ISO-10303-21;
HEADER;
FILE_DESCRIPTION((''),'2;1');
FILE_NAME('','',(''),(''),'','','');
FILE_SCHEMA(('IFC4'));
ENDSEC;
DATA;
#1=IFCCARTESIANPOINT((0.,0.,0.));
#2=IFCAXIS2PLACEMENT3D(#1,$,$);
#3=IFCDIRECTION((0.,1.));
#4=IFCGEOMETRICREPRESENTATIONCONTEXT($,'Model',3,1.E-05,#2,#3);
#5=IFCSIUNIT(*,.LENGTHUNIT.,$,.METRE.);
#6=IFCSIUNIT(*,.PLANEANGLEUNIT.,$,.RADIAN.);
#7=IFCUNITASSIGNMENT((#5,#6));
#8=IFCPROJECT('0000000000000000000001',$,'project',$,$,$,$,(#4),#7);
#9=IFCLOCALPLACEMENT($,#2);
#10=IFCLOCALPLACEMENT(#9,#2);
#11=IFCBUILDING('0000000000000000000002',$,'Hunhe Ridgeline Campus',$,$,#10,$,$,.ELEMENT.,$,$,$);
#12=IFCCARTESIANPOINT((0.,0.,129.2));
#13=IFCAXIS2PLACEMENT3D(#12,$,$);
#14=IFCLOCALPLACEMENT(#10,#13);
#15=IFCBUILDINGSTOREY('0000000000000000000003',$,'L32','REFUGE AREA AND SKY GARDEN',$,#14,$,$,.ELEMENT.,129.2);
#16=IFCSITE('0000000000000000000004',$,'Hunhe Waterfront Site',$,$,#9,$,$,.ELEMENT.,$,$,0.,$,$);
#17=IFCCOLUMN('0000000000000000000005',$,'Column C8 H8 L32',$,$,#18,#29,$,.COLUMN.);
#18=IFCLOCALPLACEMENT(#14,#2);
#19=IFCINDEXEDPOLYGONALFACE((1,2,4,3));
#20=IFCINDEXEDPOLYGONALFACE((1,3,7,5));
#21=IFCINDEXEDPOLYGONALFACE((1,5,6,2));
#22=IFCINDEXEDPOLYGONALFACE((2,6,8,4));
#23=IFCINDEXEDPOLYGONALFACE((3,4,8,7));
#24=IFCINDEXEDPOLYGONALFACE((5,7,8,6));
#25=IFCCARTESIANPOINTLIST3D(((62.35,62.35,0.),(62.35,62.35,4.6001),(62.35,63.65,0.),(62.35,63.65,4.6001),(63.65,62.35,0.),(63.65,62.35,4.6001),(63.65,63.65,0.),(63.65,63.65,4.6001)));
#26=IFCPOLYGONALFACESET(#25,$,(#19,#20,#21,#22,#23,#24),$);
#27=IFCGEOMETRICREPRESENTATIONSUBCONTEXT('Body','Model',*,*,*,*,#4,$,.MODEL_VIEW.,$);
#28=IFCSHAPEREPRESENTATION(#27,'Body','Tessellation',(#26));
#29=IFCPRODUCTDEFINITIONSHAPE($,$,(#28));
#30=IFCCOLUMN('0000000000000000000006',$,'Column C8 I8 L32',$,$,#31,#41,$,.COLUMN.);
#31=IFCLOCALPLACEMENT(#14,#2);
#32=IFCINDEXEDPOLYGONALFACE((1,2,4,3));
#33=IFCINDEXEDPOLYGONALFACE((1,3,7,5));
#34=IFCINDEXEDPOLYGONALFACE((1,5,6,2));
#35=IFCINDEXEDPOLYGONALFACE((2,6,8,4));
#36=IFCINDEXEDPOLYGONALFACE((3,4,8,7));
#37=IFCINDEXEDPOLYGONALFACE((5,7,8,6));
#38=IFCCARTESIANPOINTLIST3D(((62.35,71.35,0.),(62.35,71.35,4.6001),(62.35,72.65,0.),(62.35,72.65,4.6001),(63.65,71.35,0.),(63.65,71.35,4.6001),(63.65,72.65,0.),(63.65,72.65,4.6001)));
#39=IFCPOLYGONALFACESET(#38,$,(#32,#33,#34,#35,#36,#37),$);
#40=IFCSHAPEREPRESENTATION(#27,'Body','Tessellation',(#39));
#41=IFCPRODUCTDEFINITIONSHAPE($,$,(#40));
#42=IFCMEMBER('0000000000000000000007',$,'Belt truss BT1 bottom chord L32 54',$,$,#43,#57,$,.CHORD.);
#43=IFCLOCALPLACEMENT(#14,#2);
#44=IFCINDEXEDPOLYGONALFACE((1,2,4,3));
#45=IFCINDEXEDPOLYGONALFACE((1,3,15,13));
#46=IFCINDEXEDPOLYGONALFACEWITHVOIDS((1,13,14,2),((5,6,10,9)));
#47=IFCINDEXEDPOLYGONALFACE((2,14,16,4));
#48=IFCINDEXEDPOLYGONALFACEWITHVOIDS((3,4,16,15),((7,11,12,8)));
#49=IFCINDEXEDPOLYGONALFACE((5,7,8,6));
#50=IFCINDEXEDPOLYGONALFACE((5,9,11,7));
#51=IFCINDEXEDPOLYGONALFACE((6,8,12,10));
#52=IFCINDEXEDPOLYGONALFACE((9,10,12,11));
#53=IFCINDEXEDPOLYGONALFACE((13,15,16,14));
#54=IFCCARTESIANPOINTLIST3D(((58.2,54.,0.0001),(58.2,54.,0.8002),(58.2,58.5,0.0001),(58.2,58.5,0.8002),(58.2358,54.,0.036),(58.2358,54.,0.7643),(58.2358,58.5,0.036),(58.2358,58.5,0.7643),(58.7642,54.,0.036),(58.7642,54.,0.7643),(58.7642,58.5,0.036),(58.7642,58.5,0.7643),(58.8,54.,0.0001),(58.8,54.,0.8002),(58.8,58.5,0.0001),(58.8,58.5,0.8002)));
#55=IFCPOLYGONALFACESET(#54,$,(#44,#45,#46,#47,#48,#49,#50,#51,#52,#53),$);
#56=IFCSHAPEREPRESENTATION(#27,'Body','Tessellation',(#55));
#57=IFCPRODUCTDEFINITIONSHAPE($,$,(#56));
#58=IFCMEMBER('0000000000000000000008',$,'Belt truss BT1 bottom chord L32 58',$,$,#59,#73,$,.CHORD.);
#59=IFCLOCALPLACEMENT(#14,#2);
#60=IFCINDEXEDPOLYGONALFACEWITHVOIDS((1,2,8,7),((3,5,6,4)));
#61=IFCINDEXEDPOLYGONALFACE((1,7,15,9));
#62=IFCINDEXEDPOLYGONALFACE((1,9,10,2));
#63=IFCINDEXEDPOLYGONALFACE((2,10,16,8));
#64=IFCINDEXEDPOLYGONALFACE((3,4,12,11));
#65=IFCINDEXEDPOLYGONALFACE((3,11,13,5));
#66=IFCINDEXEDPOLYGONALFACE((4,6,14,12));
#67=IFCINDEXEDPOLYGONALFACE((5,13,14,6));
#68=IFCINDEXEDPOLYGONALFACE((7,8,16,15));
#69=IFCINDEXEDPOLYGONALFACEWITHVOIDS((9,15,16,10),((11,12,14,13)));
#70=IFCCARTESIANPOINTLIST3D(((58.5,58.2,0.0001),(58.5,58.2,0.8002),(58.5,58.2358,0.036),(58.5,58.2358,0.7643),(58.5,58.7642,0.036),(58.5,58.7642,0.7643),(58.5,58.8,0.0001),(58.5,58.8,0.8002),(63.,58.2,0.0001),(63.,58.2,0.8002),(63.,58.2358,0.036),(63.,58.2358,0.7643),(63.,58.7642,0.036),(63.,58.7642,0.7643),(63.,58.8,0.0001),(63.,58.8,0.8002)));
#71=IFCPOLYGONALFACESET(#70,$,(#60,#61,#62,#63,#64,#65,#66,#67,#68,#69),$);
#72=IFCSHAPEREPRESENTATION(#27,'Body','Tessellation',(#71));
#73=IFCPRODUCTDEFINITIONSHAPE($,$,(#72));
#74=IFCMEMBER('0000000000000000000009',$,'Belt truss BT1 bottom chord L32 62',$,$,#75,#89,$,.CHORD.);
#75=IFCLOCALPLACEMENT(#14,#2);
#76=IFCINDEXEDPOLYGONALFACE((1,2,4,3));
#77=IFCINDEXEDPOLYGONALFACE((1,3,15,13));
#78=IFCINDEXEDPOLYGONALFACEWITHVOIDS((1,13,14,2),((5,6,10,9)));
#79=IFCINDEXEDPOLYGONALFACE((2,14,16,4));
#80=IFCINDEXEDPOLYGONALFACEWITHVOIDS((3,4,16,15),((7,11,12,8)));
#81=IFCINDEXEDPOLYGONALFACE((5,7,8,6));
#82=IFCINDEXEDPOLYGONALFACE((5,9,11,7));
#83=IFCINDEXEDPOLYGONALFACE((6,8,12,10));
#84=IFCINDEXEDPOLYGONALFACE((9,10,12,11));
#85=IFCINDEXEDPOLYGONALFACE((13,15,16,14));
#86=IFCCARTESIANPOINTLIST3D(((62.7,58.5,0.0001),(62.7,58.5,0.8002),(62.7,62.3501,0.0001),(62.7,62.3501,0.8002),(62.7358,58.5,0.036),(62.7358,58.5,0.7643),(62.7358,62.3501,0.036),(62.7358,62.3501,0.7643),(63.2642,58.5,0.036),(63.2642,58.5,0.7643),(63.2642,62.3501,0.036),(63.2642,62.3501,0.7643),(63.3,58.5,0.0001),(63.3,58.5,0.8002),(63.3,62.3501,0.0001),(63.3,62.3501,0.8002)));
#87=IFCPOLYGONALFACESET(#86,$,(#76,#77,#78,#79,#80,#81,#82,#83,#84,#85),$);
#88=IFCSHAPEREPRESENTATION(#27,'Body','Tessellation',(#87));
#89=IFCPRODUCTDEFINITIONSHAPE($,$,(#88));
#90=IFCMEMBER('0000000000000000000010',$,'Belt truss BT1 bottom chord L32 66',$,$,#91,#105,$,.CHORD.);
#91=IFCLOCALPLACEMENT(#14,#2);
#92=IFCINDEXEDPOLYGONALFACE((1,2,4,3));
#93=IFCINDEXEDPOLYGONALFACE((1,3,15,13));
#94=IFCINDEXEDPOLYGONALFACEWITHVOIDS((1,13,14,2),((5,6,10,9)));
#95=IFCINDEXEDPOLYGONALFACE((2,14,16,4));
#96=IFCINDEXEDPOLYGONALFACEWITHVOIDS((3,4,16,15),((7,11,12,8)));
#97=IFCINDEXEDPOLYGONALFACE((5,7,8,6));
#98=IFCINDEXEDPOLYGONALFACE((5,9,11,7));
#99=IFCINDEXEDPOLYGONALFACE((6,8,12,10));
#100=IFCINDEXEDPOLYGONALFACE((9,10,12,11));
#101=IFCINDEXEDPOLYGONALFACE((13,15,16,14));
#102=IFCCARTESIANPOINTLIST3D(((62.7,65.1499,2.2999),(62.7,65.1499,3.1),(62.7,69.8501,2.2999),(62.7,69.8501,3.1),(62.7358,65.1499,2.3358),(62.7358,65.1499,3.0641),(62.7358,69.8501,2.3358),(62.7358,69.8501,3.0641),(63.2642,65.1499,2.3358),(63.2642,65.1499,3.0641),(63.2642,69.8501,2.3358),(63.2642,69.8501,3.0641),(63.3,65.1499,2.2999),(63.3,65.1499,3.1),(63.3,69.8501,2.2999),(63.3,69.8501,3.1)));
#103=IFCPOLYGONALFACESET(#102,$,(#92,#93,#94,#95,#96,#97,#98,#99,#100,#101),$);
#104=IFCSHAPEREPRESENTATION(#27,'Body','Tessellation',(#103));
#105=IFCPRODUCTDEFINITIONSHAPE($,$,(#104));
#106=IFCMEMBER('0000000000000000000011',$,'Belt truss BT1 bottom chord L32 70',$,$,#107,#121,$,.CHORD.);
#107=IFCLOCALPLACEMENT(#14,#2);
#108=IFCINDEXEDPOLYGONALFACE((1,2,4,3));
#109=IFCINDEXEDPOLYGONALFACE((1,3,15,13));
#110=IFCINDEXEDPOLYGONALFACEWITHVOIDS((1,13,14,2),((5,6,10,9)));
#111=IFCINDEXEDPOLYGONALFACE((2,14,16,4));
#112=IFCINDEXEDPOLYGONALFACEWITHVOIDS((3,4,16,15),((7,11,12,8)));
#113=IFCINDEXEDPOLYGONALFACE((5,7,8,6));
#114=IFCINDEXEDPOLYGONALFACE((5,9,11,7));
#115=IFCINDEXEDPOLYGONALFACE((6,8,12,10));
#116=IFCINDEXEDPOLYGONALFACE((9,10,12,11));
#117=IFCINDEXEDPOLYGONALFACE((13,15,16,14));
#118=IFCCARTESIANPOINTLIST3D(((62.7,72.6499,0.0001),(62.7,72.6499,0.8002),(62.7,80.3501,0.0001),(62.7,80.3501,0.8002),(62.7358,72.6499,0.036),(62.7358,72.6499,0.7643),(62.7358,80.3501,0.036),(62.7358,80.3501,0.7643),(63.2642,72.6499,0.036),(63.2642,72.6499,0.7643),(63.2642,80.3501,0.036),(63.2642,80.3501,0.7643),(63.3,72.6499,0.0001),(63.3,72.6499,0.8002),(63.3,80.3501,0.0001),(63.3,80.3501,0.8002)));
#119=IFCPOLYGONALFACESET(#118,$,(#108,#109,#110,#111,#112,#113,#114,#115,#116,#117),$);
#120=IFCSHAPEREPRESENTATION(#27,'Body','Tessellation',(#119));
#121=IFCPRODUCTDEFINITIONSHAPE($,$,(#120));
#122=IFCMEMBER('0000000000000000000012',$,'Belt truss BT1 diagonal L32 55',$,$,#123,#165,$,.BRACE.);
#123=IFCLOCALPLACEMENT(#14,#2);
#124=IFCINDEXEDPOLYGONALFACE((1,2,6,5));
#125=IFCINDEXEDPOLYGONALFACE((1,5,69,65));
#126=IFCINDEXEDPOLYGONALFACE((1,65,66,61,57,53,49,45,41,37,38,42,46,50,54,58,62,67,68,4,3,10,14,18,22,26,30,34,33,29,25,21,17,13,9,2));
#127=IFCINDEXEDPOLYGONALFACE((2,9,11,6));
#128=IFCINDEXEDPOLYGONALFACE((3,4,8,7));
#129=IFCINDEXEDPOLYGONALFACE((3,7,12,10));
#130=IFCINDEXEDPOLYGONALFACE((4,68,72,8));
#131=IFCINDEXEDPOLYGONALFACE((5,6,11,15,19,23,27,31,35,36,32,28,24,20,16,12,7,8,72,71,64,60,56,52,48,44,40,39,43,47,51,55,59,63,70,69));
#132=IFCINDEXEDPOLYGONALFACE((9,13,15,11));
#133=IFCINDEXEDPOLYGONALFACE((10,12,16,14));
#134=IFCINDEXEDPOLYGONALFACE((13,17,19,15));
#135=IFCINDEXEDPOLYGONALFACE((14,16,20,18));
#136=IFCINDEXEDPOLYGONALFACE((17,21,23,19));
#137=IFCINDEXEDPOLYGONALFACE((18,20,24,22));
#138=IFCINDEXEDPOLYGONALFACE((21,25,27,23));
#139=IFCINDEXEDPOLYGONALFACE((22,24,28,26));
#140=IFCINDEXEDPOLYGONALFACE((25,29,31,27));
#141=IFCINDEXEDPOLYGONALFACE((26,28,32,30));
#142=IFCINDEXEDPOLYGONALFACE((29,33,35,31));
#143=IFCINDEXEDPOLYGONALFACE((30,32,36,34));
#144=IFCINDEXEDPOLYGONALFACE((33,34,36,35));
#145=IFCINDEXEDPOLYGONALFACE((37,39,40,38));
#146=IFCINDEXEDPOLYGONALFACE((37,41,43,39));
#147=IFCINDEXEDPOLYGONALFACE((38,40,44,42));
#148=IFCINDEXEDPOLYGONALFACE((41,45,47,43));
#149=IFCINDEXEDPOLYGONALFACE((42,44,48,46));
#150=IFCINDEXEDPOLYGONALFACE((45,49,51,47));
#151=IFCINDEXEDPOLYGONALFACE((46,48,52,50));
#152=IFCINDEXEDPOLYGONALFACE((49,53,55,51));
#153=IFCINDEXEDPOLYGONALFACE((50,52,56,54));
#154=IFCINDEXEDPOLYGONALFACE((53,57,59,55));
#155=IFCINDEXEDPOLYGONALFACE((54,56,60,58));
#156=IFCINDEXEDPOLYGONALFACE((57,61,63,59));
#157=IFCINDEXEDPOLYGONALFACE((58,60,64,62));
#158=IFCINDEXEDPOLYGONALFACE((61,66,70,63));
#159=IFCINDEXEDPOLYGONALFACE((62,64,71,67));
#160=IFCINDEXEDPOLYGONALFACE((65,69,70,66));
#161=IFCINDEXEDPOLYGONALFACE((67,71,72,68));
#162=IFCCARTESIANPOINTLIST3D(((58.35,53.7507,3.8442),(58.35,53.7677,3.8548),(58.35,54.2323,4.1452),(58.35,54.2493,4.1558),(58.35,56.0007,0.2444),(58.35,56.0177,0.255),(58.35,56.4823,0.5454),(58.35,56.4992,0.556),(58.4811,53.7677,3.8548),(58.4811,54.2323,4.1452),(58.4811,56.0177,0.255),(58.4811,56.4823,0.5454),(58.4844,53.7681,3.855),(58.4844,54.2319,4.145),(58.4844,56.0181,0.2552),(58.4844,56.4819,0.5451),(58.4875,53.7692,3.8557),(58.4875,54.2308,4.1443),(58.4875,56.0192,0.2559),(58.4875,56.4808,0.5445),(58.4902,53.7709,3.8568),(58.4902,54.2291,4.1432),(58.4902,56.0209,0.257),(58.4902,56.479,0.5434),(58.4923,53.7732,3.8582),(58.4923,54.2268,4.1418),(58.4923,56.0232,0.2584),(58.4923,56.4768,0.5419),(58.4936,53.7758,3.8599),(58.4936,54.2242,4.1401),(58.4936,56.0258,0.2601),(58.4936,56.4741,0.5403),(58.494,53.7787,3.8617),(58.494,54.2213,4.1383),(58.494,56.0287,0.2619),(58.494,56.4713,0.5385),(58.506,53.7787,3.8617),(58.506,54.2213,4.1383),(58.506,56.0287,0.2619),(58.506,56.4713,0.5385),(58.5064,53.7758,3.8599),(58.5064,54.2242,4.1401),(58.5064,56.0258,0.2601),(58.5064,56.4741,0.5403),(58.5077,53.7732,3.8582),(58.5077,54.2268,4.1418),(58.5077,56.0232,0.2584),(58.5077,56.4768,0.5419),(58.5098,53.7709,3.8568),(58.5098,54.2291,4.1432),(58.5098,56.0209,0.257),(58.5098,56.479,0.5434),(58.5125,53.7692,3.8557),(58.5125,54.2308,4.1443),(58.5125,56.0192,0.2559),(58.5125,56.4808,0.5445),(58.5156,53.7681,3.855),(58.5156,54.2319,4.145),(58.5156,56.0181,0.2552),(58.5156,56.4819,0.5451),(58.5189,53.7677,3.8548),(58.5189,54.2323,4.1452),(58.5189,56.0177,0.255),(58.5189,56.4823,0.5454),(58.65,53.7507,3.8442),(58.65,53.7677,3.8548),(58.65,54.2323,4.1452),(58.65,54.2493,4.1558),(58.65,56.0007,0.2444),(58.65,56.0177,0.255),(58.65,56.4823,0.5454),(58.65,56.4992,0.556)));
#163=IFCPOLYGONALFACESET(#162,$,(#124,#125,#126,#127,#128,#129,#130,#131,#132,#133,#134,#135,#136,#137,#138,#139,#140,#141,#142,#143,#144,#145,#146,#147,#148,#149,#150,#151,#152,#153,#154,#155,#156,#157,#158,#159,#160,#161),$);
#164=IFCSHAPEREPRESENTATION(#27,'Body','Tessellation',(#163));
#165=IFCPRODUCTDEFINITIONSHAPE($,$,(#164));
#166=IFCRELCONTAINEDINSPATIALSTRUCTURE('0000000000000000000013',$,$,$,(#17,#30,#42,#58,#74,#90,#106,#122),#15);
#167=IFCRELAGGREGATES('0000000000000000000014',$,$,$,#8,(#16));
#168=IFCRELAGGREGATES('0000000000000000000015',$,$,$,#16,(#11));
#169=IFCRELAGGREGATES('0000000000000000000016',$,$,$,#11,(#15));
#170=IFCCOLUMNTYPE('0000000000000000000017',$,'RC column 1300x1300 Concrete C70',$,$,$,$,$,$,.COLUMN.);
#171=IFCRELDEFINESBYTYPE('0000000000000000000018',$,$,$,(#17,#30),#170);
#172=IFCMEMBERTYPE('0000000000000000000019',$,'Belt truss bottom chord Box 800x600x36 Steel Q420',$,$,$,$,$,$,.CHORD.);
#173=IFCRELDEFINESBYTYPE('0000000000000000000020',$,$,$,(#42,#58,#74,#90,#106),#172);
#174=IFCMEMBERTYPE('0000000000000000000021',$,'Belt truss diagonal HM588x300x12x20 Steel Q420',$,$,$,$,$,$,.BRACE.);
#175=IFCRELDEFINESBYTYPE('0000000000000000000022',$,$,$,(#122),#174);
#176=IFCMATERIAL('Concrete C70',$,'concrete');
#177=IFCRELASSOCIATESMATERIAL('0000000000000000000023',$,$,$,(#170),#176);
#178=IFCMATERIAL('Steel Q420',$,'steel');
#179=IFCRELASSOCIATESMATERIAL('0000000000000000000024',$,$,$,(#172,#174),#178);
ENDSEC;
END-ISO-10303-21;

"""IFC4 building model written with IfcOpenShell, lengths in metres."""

from ifc_helpers import new_model, si_unit, direction, frame, origin, origin_2d, place, context, subcontext, project, spatial, rectangle, hollow_rectangle, i_section, extrude, material, material_profile, profile_set, type_object, element, save


model = new_model("IFC4")

# Units and contexts
model_context = context("Model", 3, precision=1e-05, world=origin(), true_north=direction((0.0, 1.0)))
body_context = subcontext(model_context, "Body", "Model", "MODEL_VIEW")
ifc_project = project(units=[si_unit("LENGTHUNIT", "METRE"), si_unit("PLANEANGLEUNIT", "RADIAN")], contexts=[model_context])

# Site, building, storey
site_placement = place(None, origin())
site = spatial("IfcSite", under=ifc_project, at=site_placement, Name="Hunhe Waterfront Site", CompositionType="ELEMENT", RefElevation=0.0)
building_placement = place(site_placement, origin())
building = spatial("IfcBuilding", under=site, at=building_placement, Name="Hunhe Ridgeline Campus", CompositionType="ELEMENT")
storey_placement = place(building_placement, frame((0.0, 0.0, 129.2)))
storey = spatial("IfcBuildingStorey", under=building, at=storey_placement, Name="L32", Description="REFUGE AREA AND SKY GARDEN", CompositionType="ELEMENT", Elevation=129.2)

# Columns
ifc_material_1 = material(Name="Concrete C70", Category="concrete")
ifc_material_profile_1 = material_profile(ifc_material_1, rectangle(XDim=1.3, YDim=1.3, at=origin_2d()))
ifc_profile_set_1 = profile_set([ifc_material_profile_1], Name="Concrete C70")
column_type = type_object("IfcColumnType", Name="RC column 1300x1300 Concrete C70", PredefinedType="COLUMN", material=ifc_profile_set_1)
for number, where, z_axis, x_axis, name in (
    (1, (63.0, 63.0, 0.0), (0.0, 0.0, 1.0), (1.0, 0.0, 0.0), "Column C8 H8 L32"),
    (2, (63.0, 72.0, 0.0), (0.0, 0.0, 1.0), (1.0, 0.0, 0.0), "Column C8 I8 L32"),
):
    element("IfcColumn", number, at=place(storey_placement, frame(where, z_axis=z_axis, x_axis=x_axis)), inside=storey, type_object=column_type, Name=name, PredefinedType="COLUMN", context=body_context, shape_type="SweptSolid", body=[
        extrude(rectangle(XDim=1.3, YDim=1.3, at=origin_2d()), origin(), (0.0, 0.0, 1.0), 4.6001),
    ])

# Members
ifc_material_2 = material(Name="Steel Q420", Category="steel")
ifc_material_profile_2 = material_profile(ifc_material_2, hollow_rectangle(XDim=0.6001, YDim=0.8, WallThickness=0.0359, at=origin_2d()))
ifc_profile_set_2 = profile_set([ifc_material_profile_2], Name="Steel Q420")
member_type_1 = type_object("IfcMemberType", Name="Belt truss bottom chord Box 800x600x36 Steel Q420", PredefinedType="CHORD", material=ifc_profile_set_2)
for number, where, z_axis, x_axis, name in (
    (3, (58.5, 54.0, 0.4001), (0.0, 1.0, 0.0), (-1.0, 0.0, 0.0), "Belt truss BT1 bottom chord L32 54"),
    (4, (58.5, 58.5, 0.4001), (1.0, 0.0, 0.0), (0.0, 1.0, 0.0), "Belt truss BT1 bottom chord L32 58"),
):
    element("IfcMember", number, at=place(storey_placement, frame(where, z_axis=z_axis, x_axis=x_axis)), inside=storey, type_object=member_type_1, Name=name, PredefinedType="CHORD", context=body_context, shape_type="SweptSolid", body=[
        extrude(hollow_rectangle(XDim=0.6001, YDim=0.8, WallThickness=0.0359, at=origin_2d()), origin(), (0.0, 0.0, 1.0), 4.5),
    ])
member_1_placement = place(storey_placement, frame((63.0, 58.5, 0.4001), z_axis=(0.0, 1.0, 0.0), x_axis=(-1.0, 0.0, 0.0)))
element("IfcMember", 5, at=member_1_placement, inside=storey, type_object=member_type_1, Name="Belt truss BT1 bottom chord L32 62", PredefinedType="CHORD", context=body_context, shape_type="SweptSolid", body=[
    extrude(hollow_rectangle(XDim=0.6001, YDim=0.8, WallThickness=0.0359, at=origin_2d()), origin(), (0.0, 0.0, 1.0), 3.8501),
])
member_2_placement = place(storey_placement, frame((63.0, 65.1499, 2.7), z_axis=(0.0, 1.0, 0.0), x_axis=(-1.0, 0.0, 0.0)))
element("IfcMember", 6, at=member_2_placement, inside=storey, type_object=member_type_1, Name="Belt truss BT1 bottom chord L32 66", PredefinedType="CHORD", context=body_context, shape_type="SweptSolid", body=[
    extrude(hollow_rectangle(XDim=0.6001, YDim=0.8, WallThickness=0.0359, at=origin_2d()), origin(), (0.0, 0.0, 1.0), 4.7002),
])
member_3_placement = place(storey_placement, frame((63.0, 72.6499, 0.4001), z_axis=(0.0, 1.0, 0.0), x_axis=(-1.0, 0.0, 0.0)))
element("IfcMember", 7, at=member_3_placement, inside=storey, type_object=member_type_1, Name="Belt truss BT1 bottom chord L32 70", PredefinedType="CHORD", context=body_context, shape_type="SweptSolid", body=[
    extrude(hollow_rectangle(XDim=0.6001, YDim=0.8, WallThickness=0.0359, at=origin_2d()), origin(), (0.0, 0.0, 1.0), 7.7002),
])
ifc_material_profile_3 = material_profile(ifc_material_2, i_section(OverallWidth=0.3, OverallDepth=0.5879, WebThickness=0.012, FlangeThickness=0.02, FilletRadius=0.0129, at=origin_2d()))
ifc_profile_set_3 = profile_set([ifc_material_profile_3], Name="Steel Q420")
member_type_2 = type_object("IfcMemberType", Name="Belt truss diagonal HM588x300x12x20 Steel Q420", PredefinedType="BRACE", material=ifc_profile_set_3)
for number, where, z_axis, x_axis, name in (
    (8, (58.5, 54.0, 4.0), (0.0, 0.530014, -0.847989), (-1.0, 0.0, 0.0), "Belt truss BT1 diagonal L32 55"),
):
    element("IfcMember", number, at=place(storey_placement, frame(where, z_axis=z_axis, x_axis=x_axis)), inside=storey, type_object=member_type_2, Name=name, PredefinedType="BRACE", context=body_context, shape_type="SweptSolid", body=[
        extrude(i_section(OverallWidth=0.3, OverallDepth=0.5879, WebThickness=0.012, FlangeThickness=0.02, FilletRadius=0.0129, at=origin_2d()), origin(), (0.0, 0.0, 1.0), 4.2451),
    ])

save(model, "model.ifc")
